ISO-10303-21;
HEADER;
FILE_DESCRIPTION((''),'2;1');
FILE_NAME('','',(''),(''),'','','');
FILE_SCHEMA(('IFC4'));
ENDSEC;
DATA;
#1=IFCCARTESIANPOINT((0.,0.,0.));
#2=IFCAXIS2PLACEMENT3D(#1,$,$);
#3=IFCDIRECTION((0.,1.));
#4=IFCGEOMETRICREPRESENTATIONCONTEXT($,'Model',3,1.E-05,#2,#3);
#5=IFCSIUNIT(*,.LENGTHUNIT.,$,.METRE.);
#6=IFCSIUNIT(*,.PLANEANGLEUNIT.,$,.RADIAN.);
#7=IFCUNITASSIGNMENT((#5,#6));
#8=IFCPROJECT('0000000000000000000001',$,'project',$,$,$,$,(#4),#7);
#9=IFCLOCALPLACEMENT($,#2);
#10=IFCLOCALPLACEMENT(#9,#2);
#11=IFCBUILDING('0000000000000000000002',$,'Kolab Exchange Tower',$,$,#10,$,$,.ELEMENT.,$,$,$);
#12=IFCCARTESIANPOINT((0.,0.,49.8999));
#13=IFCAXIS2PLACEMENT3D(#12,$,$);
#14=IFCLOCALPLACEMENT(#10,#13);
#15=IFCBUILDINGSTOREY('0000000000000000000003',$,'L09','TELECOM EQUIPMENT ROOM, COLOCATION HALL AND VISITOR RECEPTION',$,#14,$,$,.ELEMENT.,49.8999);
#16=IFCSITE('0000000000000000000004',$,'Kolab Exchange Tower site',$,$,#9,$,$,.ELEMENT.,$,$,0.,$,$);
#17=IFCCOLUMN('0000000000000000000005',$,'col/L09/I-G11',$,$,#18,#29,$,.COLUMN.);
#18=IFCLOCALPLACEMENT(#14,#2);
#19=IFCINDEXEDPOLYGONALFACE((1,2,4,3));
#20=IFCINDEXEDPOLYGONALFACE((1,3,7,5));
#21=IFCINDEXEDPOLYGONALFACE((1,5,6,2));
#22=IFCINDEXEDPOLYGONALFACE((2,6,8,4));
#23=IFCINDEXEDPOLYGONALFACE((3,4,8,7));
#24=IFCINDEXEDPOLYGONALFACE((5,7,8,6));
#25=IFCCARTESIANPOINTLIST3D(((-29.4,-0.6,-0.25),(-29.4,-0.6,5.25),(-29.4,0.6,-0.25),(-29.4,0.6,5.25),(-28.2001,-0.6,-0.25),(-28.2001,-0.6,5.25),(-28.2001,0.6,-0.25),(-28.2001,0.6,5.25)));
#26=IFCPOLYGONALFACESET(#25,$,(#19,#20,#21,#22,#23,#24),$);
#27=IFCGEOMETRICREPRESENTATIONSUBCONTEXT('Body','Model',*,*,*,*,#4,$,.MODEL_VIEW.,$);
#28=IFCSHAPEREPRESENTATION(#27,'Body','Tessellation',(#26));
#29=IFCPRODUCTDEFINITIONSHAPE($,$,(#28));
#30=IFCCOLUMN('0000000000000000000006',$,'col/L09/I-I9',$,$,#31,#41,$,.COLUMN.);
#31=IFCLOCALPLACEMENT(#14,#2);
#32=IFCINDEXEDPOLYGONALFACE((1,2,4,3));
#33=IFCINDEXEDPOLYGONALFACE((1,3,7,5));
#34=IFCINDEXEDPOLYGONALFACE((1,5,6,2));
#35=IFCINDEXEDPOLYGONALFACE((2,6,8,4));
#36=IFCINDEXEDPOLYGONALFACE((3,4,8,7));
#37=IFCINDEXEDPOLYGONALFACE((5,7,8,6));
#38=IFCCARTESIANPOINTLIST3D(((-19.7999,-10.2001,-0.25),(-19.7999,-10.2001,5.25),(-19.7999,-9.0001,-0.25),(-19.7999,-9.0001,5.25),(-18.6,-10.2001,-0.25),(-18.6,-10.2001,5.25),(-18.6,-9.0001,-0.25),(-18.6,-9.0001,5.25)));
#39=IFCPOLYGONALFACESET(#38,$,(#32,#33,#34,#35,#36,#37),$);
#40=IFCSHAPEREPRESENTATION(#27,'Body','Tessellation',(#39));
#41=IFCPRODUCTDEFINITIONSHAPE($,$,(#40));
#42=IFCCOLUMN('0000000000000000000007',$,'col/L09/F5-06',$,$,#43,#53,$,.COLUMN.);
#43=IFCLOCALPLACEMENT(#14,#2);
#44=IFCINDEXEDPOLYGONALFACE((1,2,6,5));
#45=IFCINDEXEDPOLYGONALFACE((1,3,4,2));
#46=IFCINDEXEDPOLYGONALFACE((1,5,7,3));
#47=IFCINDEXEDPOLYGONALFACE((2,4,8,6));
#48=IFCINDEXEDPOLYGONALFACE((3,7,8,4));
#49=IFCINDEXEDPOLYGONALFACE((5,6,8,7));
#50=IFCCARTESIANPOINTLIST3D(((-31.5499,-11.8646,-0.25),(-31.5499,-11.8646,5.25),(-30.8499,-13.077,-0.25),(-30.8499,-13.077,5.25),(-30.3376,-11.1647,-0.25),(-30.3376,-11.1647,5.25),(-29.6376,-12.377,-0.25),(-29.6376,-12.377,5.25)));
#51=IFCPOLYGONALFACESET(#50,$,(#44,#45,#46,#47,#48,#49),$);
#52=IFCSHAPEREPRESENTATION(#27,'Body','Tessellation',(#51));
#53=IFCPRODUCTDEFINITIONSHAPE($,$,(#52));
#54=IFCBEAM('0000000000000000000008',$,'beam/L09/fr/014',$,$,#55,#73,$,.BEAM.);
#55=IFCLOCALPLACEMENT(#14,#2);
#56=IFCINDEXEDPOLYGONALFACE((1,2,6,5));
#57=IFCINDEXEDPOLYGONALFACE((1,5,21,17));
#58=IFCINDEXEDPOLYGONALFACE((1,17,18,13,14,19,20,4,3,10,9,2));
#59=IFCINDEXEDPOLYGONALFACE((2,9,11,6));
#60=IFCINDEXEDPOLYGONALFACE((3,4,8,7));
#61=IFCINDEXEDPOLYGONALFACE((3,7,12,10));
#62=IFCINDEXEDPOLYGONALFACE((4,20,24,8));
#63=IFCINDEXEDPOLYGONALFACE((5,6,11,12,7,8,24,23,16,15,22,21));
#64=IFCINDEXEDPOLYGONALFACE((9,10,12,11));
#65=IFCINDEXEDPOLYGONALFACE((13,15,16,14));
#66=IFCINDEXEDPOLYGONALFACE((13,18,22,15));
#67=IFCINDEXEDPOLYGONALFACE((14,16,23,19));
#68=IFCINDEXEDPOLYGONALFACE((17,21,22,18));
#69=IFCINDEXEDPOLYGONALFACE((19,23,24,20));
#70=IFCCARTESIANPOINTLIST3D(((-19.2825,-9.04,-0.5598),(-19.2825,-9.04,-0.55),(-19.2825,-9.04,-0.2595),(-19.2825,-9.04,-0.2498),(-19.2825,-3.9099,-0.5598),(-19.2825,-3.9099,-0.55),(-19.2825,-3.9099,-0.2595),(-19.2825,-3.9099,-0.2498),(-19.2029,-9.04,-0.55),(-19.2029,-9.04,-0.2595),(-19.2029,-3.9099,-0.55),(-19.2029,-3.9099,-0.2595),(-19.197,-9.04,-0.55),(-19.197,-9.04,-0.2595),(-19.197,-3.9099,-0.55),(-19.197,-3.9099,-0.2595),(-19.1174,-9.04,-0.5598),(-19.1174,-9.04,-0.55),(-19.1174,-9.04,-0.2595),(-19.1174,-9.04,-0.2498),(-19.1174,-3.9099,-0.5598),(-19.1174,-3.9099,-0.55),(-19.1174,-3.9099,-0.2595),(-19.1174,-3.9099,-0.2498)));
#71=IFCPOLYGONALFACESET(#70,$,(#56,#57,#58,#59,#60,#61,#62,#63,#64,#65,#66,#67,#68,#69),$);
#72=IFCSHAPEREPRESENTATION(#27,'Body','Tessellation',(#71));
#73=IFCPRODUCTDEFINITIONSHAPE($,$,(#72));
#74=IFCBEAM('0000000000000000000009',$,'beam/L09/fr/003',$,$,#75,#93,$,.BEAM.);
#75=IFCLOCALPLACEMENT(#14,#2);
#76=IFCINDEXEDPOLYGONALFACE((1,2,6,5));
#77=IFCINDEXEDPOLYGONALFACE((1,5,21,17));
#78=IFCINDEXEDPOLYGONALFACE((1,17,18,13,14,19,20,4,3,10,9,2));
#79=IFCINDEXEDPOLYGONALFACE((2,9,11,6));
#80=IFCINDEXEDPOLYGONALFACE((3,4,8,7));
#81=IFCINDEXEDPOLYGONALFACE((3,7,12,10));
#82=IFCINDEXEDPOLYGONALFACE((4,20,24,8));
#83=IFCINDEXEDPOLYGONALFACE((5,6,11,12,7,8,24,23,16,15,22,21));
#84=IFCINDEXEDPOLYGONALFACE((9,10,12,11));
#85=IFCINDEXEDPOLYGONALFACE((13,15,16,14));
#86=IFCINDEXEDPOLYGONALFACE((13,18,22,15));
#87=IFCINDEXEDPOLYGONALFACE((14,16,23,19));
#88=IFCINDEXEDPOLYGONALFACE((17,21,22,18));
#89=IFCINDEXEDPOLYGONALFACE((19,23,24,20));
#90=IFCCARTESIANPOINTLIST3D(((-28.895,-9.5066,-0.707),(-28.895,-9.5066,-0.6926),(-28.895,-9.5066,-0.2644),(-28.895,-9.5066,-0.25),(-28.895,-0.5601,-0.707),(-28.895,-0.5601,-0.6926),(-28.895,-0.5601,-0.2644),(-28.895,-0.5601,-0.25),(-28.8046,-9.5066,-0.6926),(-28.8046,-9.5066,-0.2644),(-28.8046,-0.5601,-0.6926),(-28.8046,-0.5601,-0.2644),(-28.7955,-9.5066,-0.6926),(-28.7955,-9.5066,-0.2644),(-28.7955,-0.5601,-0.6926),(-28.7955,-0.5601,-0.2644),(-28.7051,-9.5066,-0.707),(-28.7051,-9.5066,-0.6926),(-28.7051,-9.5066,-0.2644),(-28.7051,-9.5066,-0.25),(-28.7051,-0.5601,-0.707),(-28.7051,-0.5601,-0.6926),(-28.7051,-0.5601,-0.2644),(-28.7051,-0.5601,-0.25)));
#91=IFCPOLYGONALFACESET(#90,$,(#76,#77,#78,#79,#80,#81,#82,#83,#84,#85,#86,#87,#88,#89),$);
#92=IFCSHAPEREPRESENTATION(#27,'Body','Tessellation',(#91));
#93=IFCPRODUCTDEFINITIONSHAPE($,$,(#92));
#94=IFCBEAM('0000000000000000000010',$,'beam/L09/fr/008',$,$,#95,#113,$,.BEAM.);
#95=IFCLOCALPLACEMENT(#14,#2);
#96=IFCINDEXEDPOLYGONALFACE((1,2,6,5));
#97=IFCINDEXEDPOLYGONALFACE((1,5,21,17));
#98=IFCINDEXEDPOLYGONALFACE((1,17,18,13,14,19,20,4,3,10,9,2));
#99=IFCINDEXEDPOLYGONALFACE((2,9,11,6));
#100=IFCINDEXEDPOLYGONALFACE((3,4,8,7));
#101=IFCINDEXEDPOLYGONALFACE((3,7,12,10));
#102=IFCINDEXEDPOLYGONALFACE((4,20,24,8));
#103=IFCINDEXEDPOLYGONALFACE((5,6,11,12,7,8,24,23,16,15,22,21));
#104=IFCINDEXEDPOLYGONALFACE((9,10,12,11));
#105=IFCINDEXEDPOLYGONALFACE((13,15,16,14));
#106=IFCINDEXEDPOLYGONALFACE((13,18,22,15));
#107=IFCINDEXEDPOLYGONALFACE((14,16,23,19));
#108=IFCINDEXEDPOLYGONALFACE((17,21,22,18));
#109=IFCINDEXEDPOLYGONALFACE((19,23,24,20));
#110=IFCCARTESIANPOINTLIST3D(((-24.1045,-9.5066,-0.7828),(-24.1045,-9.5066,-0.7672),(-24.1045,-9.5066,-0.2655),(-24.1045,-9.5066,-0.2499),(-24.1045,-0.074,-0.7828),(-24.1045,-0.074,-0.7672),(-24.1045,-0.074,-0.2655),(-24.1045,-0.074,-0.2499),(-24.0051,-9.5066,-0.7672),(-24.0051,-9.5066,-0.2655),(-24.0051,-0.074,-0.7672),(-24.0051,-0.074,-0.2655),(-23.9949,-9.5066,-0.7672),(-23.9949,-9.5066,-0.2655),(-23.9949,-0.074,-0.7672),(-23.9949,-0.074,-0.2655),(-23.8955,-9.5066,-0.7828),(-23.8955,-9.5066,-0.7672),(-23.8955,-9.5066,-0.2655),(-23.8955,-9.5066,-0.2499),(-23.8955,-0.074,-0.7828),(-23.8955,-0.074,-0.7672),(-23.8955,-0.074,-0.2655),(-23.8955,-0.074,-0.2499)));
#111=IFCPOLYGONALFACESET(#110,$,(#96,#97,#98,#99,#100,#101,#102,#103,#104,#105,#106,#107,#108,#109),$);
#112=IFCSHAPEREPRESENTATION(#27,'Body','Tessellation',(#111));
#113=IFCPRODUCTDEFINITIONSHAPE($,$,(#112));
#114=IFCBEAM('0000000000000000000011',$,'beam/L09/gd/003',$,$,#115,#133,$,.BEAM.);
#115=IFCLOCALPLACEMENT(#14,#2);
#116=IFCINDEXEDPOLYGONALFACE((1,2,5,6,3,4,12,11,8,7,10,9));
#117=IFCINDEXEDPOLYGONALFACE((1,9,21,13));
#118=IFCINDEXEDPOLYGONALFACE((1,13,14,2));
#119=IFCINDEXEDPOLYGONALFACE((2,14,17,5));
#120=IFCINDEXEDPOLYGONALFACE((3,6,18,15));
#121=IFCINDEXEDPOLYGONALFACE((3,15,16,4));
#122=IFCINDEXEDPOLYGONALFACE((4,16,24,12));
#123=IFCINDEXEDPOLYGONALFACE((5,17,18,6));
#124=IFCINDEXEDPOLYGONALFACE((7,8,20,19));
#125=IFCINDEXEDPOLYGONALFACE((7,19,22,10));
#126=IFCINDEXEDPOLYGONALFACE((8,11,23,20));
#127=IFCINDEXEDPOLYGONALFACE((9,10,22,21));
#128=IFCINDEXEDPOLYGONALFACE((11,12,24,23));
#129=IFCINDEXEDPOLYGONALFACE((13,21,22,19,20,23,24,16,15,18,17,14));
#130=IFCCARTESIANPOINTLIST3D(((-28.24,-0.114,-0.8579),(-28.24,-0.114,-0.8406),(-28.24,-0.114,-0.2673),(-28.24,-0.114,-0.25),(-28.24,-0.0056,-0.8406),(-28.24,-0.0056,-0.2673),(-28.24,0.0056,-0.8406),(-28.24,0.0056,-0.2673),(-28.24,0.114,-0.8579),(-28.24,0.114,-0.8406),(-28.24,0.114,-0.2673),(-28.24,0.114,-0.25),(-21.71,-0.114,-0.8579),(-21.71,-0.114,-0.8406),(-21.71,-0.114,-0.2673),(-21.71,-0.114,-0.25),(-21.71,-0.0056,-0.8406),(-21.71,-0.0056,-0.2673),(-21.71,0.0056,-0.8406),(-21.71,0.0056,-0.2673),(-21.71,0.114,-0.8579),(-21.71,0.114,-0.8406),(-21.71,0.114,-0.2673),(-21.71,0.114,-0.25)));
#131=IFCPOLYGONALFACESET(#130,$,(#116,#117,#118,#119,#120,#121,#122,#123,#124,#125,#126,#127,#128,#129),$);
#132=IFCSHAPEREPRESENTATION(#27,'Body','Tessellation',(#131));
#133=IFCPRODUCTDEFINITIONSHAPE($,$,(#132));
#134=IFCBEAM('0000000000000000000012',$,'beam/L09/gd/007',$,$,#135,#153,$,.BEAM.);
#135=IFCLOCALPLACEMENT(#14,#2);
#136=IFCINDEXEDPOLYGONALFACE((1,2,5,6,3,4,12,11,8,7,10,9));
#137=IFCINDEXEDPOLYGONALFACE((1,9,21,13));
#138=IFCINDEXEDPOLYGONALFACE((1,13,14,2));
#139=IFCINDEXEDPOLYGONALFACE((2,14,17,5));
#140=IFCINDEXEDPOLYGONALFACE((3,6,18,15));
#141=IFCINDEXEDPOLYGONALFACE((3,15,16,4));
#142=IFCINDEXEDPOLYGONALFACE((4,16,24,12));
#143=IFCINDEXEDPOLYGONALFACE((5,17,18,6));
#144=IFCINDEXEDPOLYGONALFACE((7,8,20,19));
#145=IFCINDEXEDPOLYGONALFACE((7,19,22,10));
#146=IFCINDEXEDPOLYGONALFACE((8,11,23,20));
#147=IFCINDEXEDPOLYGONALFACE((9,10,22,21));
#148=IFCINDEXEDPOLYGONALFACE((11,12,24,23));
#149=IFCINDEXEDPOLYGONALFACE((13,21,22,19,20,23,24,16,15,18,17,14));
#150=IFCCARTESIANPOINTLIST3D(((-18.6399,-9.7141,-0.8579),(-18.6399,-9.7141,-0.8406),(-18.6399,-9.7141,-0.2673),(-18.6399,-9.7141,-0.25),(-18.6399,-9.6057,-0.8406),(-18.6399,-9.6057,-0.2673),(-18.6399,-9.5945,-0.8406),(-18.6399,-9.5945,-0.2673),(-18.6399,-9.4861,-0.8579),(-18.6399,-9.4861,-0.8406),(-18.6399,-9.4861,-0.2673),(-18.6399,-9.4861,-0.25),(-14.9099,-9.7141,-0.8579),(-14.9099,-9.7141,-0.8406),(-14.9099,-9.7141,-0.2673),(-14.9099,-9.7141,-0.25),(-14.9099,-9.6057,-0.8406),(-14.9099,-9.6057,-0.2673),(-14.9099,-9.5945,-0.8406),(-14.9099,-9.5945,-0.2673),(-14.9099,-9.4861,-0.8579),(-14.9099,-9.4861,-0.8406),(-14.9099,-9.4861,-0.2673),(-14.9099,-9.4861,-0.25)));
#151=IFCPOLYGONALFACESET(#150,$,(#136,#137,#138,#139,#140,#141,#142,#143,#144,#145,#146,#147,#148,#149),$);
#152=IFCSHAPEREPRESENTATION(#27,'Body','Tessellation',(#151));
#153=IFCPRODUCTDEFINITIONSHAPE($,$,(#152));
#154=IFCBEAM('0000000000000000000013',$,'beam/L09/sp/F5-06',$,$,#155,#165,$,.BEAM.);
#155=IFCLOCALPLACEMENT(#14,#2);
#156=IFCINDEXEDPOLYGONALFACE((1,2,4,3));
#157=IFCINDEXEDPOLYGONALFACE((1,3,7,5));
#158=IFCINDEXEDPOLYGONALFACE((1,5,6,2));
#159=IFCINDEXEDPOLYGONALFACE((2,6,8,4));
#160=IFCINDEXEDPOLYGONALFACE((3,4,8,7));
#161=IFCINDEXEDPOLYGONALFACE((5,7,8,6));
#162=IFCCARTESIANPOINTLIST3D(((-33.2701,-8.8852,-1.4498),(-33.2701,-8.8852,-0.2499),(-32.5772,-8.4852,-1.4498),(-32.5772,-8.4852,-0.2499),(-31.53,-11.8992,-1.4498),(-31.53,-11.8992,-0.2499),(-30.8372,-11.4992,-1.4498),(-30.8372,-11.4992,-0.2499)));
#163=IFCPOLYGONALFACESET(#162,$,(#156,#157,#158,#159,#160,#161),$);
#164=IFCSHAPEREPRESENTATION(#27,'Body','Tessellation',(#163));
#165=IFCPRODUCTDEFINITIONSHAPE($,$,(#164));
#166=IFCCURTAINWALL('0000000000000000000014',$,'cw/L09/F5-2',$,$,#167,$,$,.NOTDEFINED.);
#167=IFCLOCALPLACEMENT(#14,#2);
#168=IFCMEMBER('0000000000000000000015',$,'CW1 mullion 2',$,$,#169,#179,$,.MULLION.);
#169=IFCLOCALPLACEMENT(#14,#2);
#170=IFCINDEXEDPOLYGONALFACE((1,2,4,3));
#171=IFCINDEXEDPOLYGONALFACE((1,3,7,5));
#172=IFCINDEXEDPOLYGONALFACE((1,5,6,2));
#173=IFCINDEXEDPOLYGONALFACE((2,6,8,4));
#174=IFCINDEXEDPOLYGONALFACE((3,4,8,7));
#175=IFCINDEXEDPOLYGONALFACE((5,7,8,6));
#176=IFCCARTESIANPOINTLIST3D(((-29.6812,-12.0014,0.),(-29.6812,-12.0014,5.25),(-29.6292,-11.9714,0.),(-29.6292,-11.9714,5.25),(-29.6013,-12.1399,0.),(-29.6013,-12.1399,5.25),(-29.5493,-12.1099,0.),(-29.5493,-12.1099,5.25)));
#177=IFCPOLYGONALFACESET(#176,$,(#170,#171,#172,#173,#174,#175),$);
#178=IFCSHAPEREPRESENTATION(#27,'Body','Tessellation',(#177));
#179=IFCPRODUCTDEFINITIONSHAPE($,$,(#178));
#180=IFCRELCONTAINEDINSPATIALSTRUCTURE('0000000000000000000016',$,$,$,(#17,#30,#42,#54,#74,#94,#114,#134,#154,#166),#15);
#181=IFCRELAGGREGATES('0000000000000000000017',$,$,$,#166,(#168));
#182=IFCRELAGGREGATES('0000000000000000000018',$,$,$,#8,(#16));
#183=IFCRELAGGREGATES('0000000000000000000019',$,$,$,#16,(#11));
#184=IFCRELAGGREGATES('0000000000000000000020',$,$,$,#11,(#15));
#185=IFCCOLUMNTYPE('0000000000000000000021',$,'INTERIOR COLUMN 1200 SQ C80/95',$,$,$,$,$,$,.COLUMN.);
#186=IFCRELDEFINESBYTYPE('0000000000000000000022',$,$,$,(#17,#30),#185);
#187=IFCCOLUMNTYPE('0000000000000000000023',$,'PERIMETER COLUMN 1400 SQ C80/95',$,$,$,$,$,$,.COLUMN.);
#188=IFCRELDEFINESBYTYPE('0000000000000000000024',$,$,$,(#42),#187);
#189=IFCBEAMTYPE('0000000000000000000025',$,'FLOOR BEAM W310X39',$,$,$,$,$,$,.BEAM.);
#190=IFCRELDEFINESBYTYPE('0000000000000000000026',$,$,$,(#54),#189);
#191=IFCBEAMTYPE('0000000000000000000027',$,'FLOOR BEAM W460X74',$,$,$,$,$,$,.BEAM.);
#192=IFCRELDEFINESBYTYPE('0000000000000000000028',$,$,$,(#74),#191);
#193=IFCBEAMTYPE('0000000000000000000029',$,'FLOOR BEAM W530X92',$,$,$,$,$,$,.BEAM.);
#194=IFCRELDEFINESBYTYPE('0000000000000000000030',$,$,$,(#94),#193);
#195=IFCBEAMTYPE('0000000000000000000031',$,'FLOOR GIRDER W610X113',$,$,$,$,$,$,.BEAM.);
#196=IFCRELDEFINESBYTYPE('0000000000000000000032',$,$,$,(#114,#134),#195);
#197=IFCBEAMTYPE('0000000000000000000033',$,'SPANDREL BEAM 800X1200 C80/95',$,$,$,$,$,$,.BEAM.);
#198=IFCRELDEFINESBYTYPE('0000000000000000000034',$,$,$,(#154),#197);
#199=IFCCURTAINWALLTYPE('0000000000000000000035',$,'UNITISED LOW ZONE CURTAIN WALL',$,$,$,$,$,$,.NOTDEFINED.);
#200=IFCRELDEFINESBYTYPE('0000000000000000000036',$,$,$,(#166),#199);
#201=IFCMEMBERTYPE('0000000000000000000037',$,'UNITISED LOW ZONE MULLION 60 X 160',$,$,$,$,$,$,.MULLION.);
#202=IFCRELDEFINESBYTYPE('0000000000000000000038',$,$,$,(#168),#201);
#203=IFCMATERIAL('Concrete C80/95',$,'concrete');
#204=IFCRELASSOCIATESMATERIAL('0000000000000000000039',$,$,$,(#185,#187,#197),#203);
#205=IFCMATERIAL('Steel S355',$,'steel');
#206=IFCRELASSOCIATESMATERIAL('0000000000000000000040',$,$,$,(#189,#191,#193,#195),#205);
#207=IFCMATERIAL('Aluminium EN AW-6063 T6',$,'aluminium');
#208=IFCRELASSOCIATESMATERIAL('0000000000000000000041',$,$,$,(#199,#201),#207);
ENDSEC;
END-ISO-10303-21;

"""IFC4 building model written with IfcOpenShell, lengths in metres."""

from ifc_helpers import new_model, si_unit, direction, frame, origin, origin_2d, place, context, subcontext, project, spatial, rectangle, i_section, extrude, material, material_profile, profile_set, type_object, element, aggregate, save


model = new_model("IFC4")

# Units and contexts
model_context = context("Model", 3, precision=1e-05, world=origin(), true_north=direction((0.0, 1.0)))
body_context = subcontext(model_context, "Body", "Model", "MODEL_VIEW")
ifc_project = project(units=[si_unit("LENGTHUNIT", "METRE"), si_unit("PLANEANGLEUNIT", "RADIAN")], contexts=[model_context])

# Site, building, storey
site_placement = place(None, origin())
site = spatial("IfcSite", under=ifc_project, at=site_placement, Name="Kolab Exchange Tower site", CompositionType="ELEMENT", RefElevation=0.0)
building_placement = place(site_placement, origin())
building = spatial("IfcBuilding", under=site, at=building_placement, Name="Kolab Exchange Tower", CompositionType="ELEMENT")
storey_placement = place(building_placement, frame((0.0, 0.0, 49.8999)))
storey = spatial("IfcBuildingStorey", under=building, at=storey_placement, Name="L09", Description="TELECOM EQUIPMENT ROOM, COLOCATION HALL AND VISITOR RECEPTION", CompositionType="ELEMENT", Elevation=49.8999)

# Columns
ifc_material_1 = material(Name="Concrete C80/95", Category="concrete")
ifc_material_profile_1 = material_profile(ifc_material_1, rectangle(XDim=1.2, YDim=1.2, at=origin_2d()), Name="RC1200")
ifc_profile_set_1 = profile_set([ifc_material_profile_1], Name="Concrete C80/95")
column_type_1 = type_object("IfcColumnType", Name="INTERIOR COLUMN 1200 SQ C80/95", PredefinedType="COLUMN", material=ifc_profile_set_1)
for number, where, z_axis, x_axis, name in (
    (1, (-28.8, 0.0, -0.25), (0.0, 0.0, 1.0), (1.0, 0.0, 0.0), "col/L09/I-G11"),
    (2, (-19.2, -9.6001, -0.25), (0.0, 0.0, 1.0), (1.0, 0.0, 0.0), "col/L09/I-I9"),
):
    element("IfcColumn", number, at=place(storey_placement, frame(where, z_axis=z_axis, x_axis=x_axis)), inside=storey, type_object=column_type_1, Name=name, PredefinedType="COLUMN", context=body_context, shape_type="SweptSolid", body=[
        extrude(rectangle(XDim=1.2, YDim=1.2, at=origin_2d()), origin(), (0.0, 0.0, 1.0), 5.5),
    ])
ifc_material_profile_2 = material_profile(ifc_material_1, rectangle(XDim=1.3999, YDim=1.3999, at=origin_2d()), Name="RC1400")
ifc_profile_set_2 = profile_set([ifc_material_profile_2], Name="Concrete C80/95")
column_type_2 = type_object("IfcColumnType", Name="PERIMETER COLUMN 1400 SQ C80/95", PredefinedType="COLUMN", material=ifc_profile_set_2)
column_placement = place(storey_placement, frame((-30.5938, -12.1208, -0.25), z_axis=(0.0, 0.0, 1.0), x_axis=(0.866025, 0.5, 0.0)))
element("IfcColumn", 3, at=column_placement, inside=storey, type_object=column_type_2, Name="col/L09/F5-06", PredefinedType="COLUMN", context=body_context, shape_type="SweptSolid", body=[
    extrude(rectangle(XDim=1.3999, YDim=1.3999, at=origin_2d()), origin(), (0.0, 0.0, 1.0), 5.5),
])

# Beams
ifc_material_2 = material(Name="Steel S355", Category="steel")
ifc_material_profile_3 = material_profile(ifc_material_2, i_section(OverallWidth=0.165, OverallDepth=0.3101, WebThickness=0.0059, FlangeThickness=0.0098, at=origin_2d()), Name="W310X39")
ifc_profile_set_3 = profile_set([ifc_material_profile_3], Name="Steel S355")
beam_type_1 = type_object("IfcBeamType", Name="FLOOR BEAM W310X39", PredefinedType="BEAM", material=ifc_profile_set_3)
beam_1_placement = place(storey_placement, frame((-19.2, -9.04, -0.4048), z_axis=(0.0, 1.0, 0.0), x_axis=(-1.0, 0.0, 0.0)))
element("IfcBeam", 4, at=beam_1_placement, inside=storey, type_object=beam_type_1, Name="beam/L09/fr/014", PredefinedType="BEAM", context=body_context, shape_type="SweptSolid", body=[
    extrude(i_section(OverallWidth=0.165, OverallDepth=0.3101, WebThickness=0.0059, FlangeThickness=0.0098, at=origin_2d()), origin(), (0.0, 0.0, 1.0), 5.1301),
])
ifc_material_profile_4 = material_profile(ifc_material_2, i_section(OverallWidth=0.1899, OverallDepth=0.457, WebThickness=0.009, FlangeThickness=0.0144, at=origin_2d()), Name="W460X74")
ifc_profile_set_4 = profile_set([ifc_material_profile_4], Name="Steel S355")
beam_type_2 = type_object("IfcBeamType", Name="FLOOR BEAM W460X74", PredefinedType="BEAM", material=ifc_profile_set_4)
beam_2_placement = place(storey_placement, frame((-28.8, -9.5066, -0.4785), z_axis=(0.0, 1.0, 0.0), x_axis=(-1.0, 0.0, 0.0)))
element("IfcBeam", 5, at=beam_2_placement, inside=storey, type_object=beam_type_2, Name="beam/L09/fr/003", PredefinedType="BEAM", context=body_context, shape_type="SweptSolid", body=[
    extrude(i_section(OverallWidth=0.1899, OverallDepth=0.457, WebThickness=0.009, FlangeThickness=0.0144, at=origin_2d()), origin(), (0.0, 0.0, 1.0), 8.9465),
])
ifc_material_profile_5 = material_profile(ifc_material_2, i_section(OverallWidth=0.209, OverallDepth=0.533, WebThickness=0.0103, FlangeThickness=0.0156, at=origin_2d()), Name="W530X92")
ifc_profile_set_5 = profile_set([ifc_material_profile_5], Name="Steel S355")
beam_type_3 = type_object("IfcBeamType", Name="FLOOR BEAM W530X92", PredefinedType="BEAM", material=ifc_profile_set_5)
beam_3_placement = place(storey_placement, frame((-24.0, -9.5066, -0.5164), z_axis=(0.0, 1.0, 0.0), x_axis=(-1.0, 0.0, 0.0)))
element("IfcBeam", 6, at=beam_3_placement, inside=storey, type_object=beam_type_3, Name="beam/L09/fr/008", PredefinedType="BEAM", context=body_context, shape_type="SweptSolid", body=[
    extrude(i_section(OverallWidth=0.209, OverallDepth=0.533, WebThickness=0.0103, FlangeThickness=0.0156, at=origin_2d()), origin(), (0.0, 0.0, 1.0), 9.4326),
])
ifc_material_profile_6 = material_profile(ifc_material_2, i_section(OverallWidth=0.228, OverallDepth=0.6079, WebThickness=0.0112, FlangeThickness=0.0173, at=origin_2d()), Name="W610X113")
ifc_profile_set_6 = profile_set([ifc_material_profile_6], Name="Steel S355")
beam_type_4 = type_object("IfcBeamType", Name="FLOOR GIRDER W610X113", PredefinedType="BEAM", material=ifc_profile_set_6)
beam_4_placement = place(storey_placement, frame((-28.24, 0.0, -0.554), z_axis=(1.0, 0.0, 0.0), x_axis=(0.0, 1.0, 0.0)))
element("IfcBeam", 7, at=beam_4_placement, inside=storey, type_object=beam_type_4, Name="beam/L09/gd/003", PredefinedType="BEAM", context=body_context, shape_type="SweptSolid", body=[
    extrude(i_section(OverallWidth=0.228, OverallDepth=0.6079, WebThickness=0.0112, FlangeThickness=0.0173, at=origin_2d()), origin(), (0.0, 0.0, 1.0), 6.53),
])
beam_5_placement = place(storey_placement, frame((-18.6399, -9.6001, -0.554), z_axis=(1.0, 0.0, 0.0), x_axis=(0.0, 1.0, 0.0)))
element("IfcBeam", 8, at=beam_5_placement, inside=storey, type_object=beam_type_4, Name="beam/L09/gd/007", PredefinedType="BEAM", context=body_context, shape_type="SweptSolid", body=[
    extrude(i_section(OverallWidth=0.228, OverallDepth=0.6079, WebThickness=0.0112, FlangeThickness=0.0173, at=origin_2d()), origin(), (0.0, 0.0, 1.0), 3.73),
])
ifc_material_profile_7 = material_profile(ifc_material_1, rectangle(XDim=0.8, YDim=1.2, at=origin_2d()), Name="RC800X1200")
ifc_profile_set_7 = profile_set([ifc_material_profile_7], Name="Concrete C80/95")
beam_type_5 = type_object("IfcBeamType", Name="SPANDREL BEAM 800X1200 C80/95", PredefinedType="BEAM", material=ifc_profile_set_7)
beam_6_placement = place(storey_placement, frame((-31.1836, -11.6992, -0.8499), z_axis=(-0.49998, 0.866037, 0.0), x_axis=(-0.866037, -0.49998, 0.0)))
element("IfcBeam", 9, at=beam_6_placement, inside=storey, type_object=beam_type_5, Name="beam/L09/sp/F5-06", PredefinedType="BEAM", context=body_context, shape_type="SweptSolid", body=[
    extrude(rectangle(XDim=0.8, YDim=1.2, at=origin_2d()), origin(), (0.0, 0.0, 1.0), 3.4802),
])

# Curtain wall, member
ifc_material_3 = material(Name="Aluminium EN AW-6063 T6", Category="aluminium")
curtain_wall_type = type_object("IfcCurtainWallType", Name="UNITISED LOW ZONE CURTAIN WALL", PredefinedType="NOTDEFINED", material=ifc_material_3)
curtain_wall_placement = place(storey_placement, origin())
curtain_wall = element("IfcCurtainWall", 10, at=curtain_wall_placement, inside=storey, type_object=curtain_wall_type, Name="cw/L09/F5-2", PredefinedType="NOTDEFINED")
ifc_material_profile_8 = material_profile(ifc_material_3, rectangle(XDim=0.0601, YDim=0.1599, at=origin_2d()), Name="RECT 60X160")
ifc_profile_set_8 = profile_set([ifc_material_profile_8], Name="Aluminium EN AW-6063 T6")
member_type_1 = type_object("IfcMemberType", Name="UNITISED LOW ZONE MULLION 60 X 160", PredefinedType="MULLION", material=ifc_profile_set_8)
member_1_placement = place(storey_placement, frame((-29.6152, -12.0557, 0.0), z_axis=(0.0, 0.0, 1.0), x_axis=(-0.866025, -0.5, 0.0)))
member_1 = element("IfcMember", 11, at=member_1_placement, type_object=member_type_1, Name="CW1 mullion 2", PredefinedType="MULLION", context=body_context, shape_type="SweptSolid", body=[
    extrude(rectangle(XDim=0.0601, YDim=0.1599, at=origin_2d()), origin(), (0.0, 0.0, 1.0), 5.25),
])
aggregate(curtain_wall, [member_1])

save(model, "model.ifc")
